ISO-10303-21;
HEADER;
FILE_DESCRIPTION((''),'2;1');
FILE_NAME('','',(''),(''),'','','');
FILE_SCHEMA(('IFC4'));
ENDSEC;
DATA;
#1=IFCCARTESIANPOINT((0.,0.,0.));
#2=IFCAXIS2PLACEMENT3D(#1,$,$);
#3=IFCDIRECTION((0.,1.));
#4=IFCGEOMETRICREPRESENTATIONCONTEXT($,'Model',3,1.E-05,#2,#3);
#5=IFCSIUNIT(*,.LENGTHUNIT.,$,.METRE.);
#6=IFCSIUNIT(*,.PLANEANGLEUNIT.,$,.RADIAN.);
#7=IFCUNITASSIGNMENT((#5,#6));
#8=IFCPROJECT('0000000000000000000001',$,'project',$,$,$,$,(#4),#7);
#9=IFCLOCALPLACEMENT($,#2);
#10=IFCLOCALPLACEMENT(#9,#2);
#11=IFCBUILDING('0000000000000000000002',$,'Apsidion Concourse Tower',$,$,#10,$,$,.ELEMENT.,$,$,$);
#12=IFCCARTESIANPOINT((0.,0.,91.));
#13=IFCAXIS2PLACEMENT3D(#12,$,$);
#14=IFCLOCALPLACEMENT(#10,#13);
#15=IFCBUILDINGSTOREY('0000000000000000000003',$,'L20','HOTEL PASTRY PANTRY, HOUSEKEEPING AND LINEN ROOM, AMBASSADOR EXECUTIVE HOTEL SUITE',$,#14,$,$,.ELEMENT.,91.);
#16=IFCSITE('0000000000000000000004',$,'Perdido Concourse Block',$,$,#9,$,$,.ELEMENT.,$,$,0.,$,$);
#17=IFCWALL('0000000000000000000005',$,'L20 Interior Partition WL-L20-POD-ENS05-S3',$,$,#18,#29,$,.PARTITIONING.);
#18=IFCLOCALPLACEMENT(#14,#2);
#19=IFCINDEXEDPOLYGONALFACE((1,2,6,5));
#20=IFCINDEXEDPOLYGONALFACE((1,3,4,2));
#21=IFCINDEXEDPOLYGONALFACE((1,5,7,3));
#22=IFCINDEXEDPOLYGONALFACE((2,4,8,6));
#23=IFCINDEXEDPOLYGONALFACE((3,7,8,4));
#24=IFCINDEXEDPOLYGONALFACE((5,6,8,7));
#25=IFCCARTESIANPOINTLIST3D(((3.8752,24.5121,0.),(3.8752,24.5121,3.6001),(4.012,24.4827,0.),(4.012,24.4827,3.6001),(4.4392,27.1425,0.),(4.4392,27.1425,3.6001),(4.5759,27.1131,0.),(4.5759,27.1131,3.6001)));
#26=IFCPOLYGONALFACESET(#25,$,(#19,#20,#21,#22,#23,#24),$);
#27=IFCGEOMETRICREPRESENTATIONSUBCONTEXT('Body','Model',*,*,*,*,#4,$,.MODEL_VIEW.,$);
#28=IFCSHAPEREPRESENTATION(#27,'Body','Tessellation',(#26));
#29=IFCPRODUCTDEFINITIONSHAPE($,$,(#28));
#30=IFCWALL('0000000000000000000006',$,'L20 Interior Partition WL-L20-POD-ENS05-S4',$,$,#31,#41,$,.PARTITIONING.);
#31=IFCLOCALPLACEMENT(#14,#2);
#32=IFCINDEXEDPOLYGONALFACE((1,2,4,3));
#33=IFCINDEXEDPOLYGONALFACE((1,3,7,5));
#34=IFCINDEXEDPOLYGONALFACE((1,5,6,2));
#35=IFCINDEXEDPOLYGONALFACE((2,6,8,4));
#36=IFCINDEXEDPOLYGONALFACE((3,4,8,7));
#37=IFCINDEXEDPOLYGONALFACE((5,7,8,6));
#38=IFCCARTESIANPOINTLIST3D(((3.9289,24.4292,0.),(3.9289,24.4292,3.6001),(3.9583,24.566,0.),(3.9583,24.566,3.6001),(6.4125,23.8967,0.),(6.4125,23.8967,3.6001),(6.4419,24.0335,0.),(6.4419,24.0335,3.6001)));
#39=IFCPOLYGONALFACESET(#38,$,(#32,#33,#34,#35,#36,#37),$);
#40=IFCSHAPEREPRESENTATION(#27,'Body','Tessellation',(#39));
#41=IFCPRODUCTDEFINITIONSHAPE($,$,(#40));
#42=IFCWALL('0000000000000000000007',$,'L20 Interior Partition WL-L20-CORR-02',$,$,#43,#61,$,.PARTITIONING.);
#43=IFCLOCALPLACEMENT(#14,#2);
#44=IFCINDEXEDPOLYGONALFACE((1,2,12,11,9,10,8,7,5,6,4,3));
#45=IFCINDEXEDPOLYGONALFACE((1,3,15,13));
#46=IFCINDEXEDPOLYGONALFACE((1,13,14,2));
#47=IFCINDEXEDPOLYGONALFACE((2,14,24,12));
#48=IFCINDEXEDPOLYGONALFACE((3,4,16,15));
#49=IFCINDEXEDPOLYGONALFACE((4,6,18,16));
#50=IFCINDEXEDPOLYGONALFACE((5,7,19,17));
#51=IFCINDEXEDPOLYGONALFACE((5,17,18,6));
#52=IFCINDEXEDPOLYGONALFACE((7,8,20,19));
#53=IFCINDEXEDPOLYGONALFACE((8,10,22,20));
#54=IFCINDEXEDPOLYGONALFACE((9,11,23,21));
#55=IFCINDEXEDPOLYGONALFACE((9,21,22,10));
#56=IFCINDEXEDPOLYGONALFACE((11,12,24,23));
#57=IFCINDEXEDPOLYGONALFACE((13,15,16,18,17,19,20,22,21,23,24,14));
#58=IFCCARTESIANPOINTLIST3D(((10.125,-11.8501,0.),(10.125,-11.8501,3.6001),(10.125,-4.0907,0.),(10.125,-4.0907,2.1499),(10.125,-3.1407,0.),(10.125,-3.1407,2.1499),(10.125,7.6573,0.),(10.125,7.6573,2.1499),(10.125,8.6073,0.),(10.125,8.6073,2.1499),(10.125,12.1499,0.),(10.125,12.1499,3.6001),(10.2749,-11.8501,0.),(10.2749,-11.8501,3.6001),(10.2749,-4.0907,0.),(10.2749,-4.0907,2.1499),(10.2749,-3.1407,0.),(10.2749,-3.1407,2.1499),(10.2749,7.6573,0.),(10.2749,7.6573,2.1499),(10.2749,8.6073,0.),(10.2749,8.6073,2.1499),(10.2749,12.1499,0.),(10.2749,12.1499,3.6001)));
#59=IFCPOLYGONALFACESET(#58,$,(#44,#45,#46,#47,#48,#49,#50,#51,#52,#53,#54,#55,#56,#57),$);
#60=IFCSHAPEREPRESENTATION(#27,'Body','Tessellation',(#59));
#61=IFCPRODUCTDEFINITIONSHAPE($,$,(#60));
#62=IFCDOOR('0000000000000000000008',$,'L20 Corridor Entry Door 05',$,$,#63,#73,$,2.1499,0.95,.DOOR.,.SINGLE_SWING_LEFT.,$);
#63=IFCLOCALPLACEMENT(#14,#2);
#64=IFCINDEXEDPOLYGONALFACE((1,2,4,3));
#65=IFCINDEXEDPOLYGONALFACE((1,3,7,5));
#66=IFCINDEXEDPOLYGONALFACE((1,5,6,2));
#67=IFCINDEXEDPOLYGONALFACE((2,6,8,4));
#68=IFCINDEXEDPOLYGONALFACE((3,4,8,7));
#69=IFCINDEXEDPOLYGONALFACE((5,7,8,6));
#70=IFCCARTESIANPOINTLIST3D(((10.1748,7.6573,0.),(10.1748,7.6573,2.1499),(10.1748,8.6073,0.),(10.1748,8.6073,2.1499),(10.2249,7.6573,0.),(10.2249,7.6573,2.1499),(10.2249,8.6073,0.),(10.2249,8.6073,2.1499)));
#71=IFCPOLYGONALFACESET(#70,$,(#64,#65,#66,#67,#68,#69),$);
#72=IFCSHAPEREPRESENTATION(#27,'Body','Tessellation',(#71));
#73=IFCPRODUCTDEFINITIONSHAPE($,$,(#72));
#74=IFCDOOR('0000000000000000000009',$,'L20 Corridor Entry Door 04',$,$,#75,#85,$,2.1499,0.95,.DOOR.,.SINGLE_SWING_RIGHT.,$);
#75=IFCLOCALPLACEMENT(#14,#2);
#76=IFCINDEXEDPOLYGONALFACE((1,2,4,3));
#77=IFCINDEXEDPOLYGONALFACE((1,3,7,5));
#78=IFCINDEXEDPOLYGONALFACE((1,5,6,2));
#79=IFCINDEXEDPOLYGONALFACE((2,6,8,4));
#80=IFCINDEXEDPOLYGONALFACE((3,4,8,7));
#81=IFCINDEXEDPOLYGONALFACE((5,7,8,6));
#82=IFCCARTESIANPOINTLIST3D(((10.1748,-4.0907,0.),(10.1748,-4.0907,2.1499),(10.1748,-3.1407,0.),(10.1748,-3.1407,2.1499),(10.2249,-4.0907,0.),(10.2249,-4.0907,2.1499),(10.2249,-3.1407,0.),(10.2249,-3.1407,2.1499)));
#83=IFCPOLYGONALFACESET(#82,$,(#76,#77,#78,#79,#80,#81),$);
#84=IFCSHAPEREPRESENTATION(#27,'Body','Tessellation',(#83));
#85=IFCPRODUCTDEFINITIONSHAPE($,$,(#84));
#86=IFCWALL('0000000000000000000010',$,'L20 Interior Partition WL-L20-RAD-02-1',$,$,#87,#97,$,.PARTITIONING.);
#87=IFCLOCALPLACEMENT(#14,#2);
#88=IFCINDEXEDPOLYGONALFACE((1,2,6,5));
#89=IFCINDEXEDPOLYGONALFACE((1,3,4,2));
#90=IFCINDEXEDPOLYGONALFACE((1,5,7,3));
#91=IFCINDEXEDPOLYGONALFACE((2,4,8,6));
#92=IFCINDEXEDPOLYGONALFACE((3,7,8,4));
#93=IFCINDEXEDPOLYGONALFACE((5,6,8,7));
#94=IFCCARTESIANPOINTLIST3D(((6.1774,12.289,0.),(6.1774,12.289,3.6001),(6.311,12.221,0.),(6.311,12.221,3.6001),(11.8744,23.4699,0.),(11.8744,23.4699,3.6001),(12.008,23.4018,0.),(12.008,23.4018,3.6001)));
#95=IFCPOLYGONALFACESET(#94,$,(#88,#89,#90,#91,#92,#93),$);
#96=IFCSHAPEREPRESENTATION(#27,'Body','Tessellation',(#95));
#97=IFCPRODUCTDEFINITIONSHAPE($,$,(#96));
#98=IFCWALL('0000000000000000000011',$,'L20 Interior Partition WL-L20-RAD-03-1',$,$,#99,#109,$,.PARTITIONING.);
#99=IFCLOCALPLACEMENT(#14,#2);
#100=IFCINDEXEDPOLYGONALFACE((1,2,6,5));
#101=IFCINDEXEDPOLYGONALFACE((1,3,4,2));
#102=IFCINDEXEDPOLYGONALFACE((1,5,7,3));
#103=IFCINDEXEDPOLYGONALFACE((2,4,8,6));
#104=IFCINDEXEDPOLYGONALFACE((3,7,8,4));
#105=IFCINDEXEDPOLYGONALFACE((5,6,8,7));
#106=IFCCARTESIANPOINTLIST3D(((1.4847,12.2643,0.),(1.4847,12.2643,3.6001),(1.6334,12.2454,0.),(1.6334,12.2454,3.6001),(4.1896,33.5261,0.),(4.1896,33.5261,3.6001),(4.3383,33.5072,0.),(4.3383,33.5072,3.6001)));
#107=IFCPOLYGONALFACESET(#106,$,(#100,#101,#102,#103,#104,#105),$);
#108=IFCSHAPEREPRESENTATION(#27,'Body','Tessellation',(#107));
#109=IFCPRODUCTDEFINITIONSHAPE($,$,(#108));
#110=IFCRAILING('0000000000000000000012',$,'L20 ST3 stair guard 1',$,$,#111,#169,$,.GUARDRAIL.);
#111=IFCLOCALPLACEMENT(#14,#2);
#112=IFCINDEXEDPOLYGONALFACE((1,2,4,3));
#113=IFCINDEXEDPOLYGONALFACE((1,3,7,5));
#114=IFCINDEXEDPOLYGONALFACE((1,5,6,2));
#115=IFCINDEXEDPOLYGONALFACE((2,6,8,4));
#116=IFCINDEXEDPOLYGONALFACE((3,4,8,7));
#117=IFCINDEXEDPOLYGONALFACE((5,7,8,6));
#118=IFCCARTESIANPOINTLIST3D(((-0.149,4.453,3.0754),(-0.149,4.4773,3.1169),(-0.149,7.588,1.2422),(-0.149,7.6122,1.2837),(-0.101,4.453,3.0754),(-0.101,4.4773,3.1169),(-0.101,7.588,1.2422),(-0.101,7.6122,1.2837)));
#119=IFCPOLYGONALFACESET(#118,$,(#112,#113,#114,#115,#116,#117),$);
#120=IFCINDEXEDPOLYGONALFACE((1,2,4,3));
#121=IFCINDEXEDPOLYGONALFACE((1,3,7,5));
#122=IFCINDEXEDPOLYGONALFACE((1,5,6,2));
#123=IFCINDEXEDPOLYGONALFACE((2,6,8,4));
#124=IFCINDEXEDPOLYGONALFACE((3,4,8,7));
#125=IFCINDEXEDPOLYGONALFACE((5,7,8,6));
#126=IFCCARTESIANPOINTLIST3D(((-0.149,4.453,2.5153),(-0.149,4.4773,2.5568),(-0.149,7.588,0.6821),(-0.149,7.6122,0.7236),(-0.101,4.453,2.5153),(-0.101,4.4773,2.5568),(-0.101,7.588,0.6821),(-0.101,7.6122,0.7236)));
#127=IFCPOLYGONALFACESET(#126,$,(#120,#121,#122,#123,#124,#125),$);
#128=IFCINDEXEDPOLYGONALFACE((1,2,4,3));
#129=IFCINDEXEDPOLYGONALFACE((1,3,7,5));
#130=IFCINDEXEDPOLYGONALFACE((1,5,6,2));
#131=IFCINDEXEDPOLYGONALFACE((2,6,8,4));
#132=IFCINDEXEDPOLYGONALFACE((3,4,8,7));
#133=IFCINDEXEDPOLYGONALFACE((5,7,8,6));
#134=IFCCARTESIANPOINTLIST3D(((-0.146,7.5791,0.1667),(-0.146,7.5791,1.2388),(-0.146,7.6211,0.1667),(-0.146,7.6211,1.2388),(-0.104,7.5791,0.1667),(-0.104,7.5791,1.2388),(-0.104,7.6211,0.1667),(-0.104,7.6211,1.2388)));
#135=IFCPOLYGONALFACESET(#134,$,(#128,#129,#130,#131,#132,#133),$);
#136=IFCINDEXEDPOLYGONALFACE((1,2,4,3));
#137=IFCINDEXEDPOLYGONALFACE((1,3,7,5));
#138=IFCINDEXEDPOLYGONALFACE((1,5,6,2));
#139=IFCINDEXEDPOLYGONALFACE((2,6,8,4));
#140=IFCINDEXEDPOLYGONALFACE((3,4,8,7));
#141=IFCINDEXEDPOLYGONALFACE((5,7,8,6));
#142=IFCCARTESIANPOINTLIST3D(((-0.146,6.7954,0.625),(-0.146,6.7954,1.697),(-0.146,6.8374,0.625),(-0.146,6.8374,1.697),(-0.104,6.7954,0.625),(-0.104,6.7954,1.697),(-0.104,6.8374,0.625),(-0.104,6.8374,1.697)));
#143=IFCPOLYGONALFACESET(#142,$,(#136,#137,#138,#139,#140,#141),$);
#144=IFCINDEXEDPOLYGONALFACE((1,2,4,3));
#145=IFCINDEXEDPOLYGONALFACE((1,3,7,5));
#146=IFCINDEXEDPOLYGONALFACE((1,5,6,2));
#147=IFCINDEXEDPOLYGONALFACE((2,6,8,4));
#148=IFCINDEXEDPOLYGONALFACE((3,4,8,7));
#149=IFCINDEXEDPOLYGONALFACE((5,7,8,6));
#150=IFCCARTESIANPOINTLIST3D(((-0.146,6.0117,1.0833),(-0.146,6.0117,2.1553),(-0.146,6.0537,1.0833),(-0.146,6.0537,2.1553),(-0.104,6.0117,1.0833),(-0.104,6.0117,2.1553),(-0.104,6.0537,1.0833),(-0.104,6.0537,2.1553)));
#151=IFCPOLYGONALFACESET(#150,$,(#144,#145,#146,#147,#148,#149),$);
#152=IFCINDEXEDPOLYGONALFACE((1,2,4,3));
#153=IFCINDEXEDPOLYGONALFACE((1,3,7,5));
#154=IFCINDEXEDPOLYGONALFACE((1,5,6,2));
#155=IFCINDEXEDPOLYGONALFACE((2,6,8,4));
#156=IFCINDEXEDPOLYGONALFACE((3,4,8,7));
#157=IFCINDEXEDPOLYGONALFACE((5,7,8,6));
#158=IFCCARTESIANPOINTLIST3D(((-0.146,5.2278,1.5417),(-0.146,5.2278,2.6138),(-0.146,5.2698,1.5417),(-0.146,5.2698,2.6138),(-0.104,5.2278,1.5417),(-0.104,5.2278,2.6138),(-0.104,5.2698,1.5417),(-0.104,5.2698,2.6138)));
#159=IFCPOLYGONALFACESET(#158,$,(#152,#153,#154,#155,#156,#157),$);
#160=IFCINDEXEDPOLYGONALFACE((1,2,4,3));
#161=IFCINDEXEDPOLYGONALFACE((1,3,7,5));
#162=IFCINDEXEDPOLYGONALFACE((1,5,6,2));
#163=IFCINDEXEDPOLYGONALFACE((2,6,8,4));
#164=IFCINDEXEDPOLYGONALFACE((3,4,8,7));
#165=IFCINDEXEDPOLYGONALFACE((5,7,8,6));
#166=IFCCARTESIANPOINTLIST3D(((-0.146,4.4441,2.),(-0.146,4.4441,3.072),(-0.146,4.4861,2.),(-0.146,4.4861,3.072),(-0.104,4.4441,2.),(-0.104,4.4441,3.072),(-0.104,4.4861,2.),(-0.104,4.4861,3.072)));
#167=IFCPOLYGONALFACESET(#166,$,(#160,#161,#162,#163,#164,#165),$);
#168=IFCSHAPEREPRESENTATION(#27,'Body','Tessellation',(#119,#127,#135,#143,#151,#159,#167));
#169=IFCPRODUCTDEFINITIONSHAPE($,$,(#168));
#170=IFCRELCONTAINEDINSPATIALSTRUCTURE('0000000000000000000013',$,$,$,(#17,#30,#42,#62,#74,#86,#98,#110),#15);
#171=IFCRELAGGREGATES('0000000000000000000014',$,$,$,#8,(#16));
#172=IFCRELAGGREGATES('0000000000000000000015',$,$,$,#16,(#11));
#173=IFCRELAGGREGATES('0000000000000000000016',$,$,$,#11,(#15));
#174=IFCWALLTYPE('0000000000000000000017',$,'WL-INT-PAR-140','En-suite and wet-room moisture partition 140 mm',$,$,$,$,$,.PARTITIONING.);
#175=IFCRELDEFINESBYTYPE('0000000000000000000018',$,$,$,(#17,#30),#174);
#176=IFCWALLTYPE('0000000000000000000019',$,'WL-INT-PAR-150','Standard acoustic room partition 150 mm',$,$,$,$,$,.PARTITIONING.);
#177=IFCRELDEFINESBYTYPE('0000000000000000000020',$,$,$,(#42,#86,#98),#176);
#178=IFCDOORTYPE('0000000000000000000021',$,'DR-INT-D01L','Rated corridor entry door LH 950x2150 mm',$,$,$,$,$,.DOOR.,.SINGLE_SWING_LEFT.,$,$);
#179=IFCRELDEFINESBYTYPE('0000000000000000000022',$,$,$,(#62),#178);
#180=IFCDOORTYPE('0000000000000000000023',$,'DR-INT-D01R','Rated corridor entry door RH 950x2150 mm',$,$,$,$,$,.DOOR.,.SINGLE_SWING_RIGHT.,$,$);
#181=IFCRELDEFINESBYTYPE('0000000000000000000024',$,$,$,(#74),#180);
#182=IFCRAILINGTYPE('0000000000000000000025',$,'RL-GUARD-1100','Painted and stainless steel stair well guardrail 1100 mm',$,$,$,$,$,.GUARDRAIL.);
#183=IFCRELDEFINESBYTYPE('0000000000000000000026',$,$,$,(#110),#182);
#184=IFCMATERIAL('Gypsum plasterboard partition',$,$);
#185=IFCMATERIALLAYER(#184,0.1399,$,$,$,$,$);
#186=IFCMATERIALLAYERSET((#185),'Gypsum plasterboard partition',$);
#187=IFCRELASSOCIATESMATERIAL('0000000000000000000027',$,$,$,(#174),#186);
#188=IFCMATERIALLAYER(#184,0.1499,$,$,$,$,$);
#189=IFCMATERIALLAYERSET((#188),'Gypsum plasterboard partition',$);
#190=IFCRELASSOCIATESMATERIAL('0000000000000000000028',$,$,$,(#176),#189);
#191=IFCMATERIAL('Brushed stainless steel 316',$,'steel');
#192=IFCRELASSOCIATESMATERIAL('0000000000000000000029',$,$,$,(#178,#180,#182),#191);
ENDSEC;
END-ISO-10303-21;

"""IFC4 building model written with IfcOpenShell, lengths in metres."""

from ifc_helpers import new_model, si_unit, direction, frame, frame_2d, origin, origin_2d, place, context, subcontext, project, spatial, rectangle, extrude, material, layer, layer_set, type_object, element, fill, save


model = new_model("IFC4")

# Units and contexts
model_context = context("Model", 3, precision=1e-05, world=origin(), true_north=direction((0.0, 1.0)))
body_context = subcontext(model_context, "Body", "Model", "MODEL_VIEW")
ifc_project = project(units=[si_unit("LENGTHUNIT", "METRE"), si_unit("PLANEANGLEUNIT", "RADIAN")], contexts=[model_context])

# Site, building, storey
site_placement = place(None, origin())
site = spatial("IfcSite", under=ifc_project, at=site_placement, Name="Perdido Concourse Block", CompositionType="ELEMENT", RefElevation=0.0)
building_placement = place(site_placement, origin())
building = spatial("IfcBuilding", under=site, at=building_placement, Name="Apsidion Concourse Tower", CompositionType="ELEMENT")
storey_placement = place(building_placement, frame((0.0, 0.0, 91.0)))
storey = spatial("IfcBuildingStorey", under=building, at=storey_placement, Name="L20", Description="HOTEL PASTRY PANTRY, HOUSEKEEPING AND LINEN ROOM, AMBASSADOR EXECUTIVE HOTEL SUITE", CompositionType="ELEMENT", Elevation=91.0)

# Shared definitions
ifc_material_1 = material(Name="Gypsum plasterboard partition")
ifc_layer_1 = layer(ifc_material_1, 0.1399)
ifc_layer_set_1 = layer_set([ifc_layer_1], Name="Gypsum plasterboard partition")
wall_type_1 = type_object("IfcWallType", Name="WL-INT-PAR-140", Description="En-suite and wet-room moisture partition 140 mm", PredefinedType="PARTITIONING", material=ifc_layer_set_1)

# Walls
wall_1_placement = place(storey_placement, frame((4.5076, 27.1279, 0.0), z_axis=(0.0, 0.0, 1.0), x_axis=(-0.209641, -0.977779, 0.0)))
element("IfcWall", 1, at=wall_1_placement, inside=storey, type_object=wall_type_1, Name="L20 Interior Partition WL-L20-POD-ENS05-S3", PredefinedType="PARTITIONING", context=body_context, shape_type="SweptSolid", body=[
    extrude(rectangle(XDim=2.6902, YDim=0.1399, at=frame_2d((1.3452, 0.0))), origin(), (0.0, 0.0, 1.0), 3.6001),
])
wall_2_placement = place(storey_placement, frame((3.9436, 24.4976, 0.0), z_axis=(0.0, 0.0, 1.0), x_axis=(0.977781, -0.209628, 0.0)))
element("IfcWall", 2, at=wall_2_placement, inside=storey, type_object=wall_type_1, Name="L20 Interior Partition WL-L20-POD-ENS05-S4", PredefinedType="PARTITIONING", context=body_context, shape_type="SweptSolid", body=[
    extrude(rectangle(XDim=2.54, YDim=0.1399, at=frame_2d((1.27, 0.0))), origin(), (0.0, 0.0, 1.0), 3.6001),
])

# Wall, openings, doors
ifc_layer_2 = layer(ifc_material_1, 0.1499)
ifc_layer_set_2 = layer_set([ifc_layer_2], Name="Gypsum plasterboard partition")
wall_type_2 = type_object("IfcWallType", Name="WL-INT-PAR-150", Description="Standard acoustic room partition 150 mm", PredefinedType="PARTITIONING", material=ifc_layer_set_2)
wall_3_placement = place(storey_placement, frame((10.2, 12.1499, 0.0), z_axis=(0.0, 0.0, 1.0), x_axis=(0.0, -1.0, 0.0)))
wall_3 = element("IfcWall", 3, at=wall_3_placement, inside=storey, type_object=wall_type_2, Name="L20 Interior Partition WL-L20-CORR-02", PredefinedType="PARTITIONING", context=body_context, shape_type="SweptSolid", body=[
    extrude(rectangle(XDim=24.0, YDim=0.1499, at=frame_2d((12.0, 0.0))), origin(), (0.0, 0.0, 1.0), 3.6001),
])
opening_1_placement = place(wall_3_placement, frame((15.2905, 0.0, 0.0)))
opening_1 = element("IfcOpeningElement", 4, at=opening_1_placement, cuts=wall_3, PredefinedType="OPENING", context=body_context, shape_type="SweptSolid", body=[
    extrude(rectangle(XDim=0.95, YDim=2.1499, at=frame_2d((0.4751, 1.075))), frame((0.0, 0.085, 0.0), z_axis=(0.0, -1.0, 0.0), x_axis=(1.0, 0.0, 0.0)), (0.0, 0.0, 1.0), 0.1699),
])
opening_2_placement = place(wall_3_placement, frame((3.5425, 0.0, 0.0)))
opening_2 = element("IfcOpeningElement", 5, at=opening_2_placement, cuts=wall_3, PredefinedType="OPENING", context=body_context, shape_type="SweptSolid", body=[
    extrude(rectangle(XDim=0.95, YDim=2.1499, at=frame_2d((0.4751, 1.075))), frame((0.0, 0.085, 0.0), z_axis=(0.0, -1.0, 0.0), x_axis=(1.0, 0.0, 0.0)), (0.0, 0.0, 1.0), 0.1699),
])
ifc_material_2 = material(Name="Brushed stainless steel 316", Category="steel")
door_type_1 = type_object("IfcDoorType", Name="DR-INT-D01L", Description="Rated corridor entry door LH 950x2150 mm", OperationType="SINGLE_SWING_LEFT", PredefinedType="DOOR", material=ifc_material_2)
door_1_placement = place(opening_2_placement, origin())
door_1 = element("IfcDoor", 6, at=door_1_placement, inside=storey, type_object=door_type_1, Name="L20 Corridor Entry Door 05", OperationType="SINGLE_SWING_LEFT", OverallHeight=2.1499, OverallWidth=0.95, PredefinedType="DOOR", context=body_context, shape_type="SweptSolid", body=[
    extrude(rectangle(XDim=0.95, YDim=2.1499, at=frame_2d((0.4751, 1.075))), frame((0.0, 0.0249, 0.0), z_axis=(0.0, -1.0, 0.0), x_axis=(1.0, 0.0, 0.0)), (0.0, 0.0, 1.0), 0.05),
])
fill(opening_2, door_1)
door_type_2 = type_object("IfcDoorType", Name="DR-INT-D01R", Description="Rated corridor entry door RH 950x2150 mm", OperationType="SINGLE_SWING_RIGHT", PredefinedType="DOOR", material=ifc_material_2)
door_2_placement = place(opening_1_placement, origin())
door_2 = element("IfcDoor", 7, at=door_2_placement, inside=storey, type_object=door_type_2, Name="L20 Corridor Entry Door 04", OperationType="SINGLE_SWING_RIGHT", OverallHeight=2.1499, OverallWidth=0.95, PredefinedType="DOOR", context=body_context, shape_type="SweptSolid", body=[
    extrude(rectangle(XDim=0.95, YDim=2.1499, at=frame_2d((0.4751, 1.075))), frame((0.0, 0.0249, 0.0), z_axis=(0.0, -1.0, 0.0), x_axis=(1.0, 0.0, 0.0)), (0.0, 0.0, 1.0), 0.05),
])
fill(opening_1, door_2)

# Walls
wall_4_placement = place(storey_placement, frame((6.2441, 12.2549, 0.0), z_axis=(0.0, 0.0, 1.0), x_axis=(0.453995, 0.891004, 0.0)))
element("IfcWall", 8, at=wall_4_placement, inside=storey, type_object=wall_type_2, Name="L20 Interior Partition WL-L20-RAD-02-1", PredefinedType="PARTITIONING", context=body_context, shape_type="SweptSolid", body=[
    extrude(rectangle(XDim=12.5486, YDim=0.1499, at=frame_2d((6.2744, 0.0))), origin(), (0.0, 0.0, 1.0), 3.6001),
])
wall_5_placement = place(storey_placement, frame((1.5591, 12.2549, 0.0), z_axis=(0.0, 0.0, 1.0), x_axis=(0.126199, 0.992005, 0.0)))
element("IfcWall", 9, at=wall_5_placement, inside=storey, type_object=wall_type_2, Name="L20 Interior Partition WL-L20-RAD-03-1", PredefinedType="PARTITIONING", context=body_context, shape_type="SweptSolid", body=[
    extrude(rectangle(XDim=21.4331, YDim=0.1499, at=frame_2d((10.7166, 0.0))), origin(), (0.0, 0.0, 1.0), 3.6001),
])

# Railing
railing_type_1 = type_object("IfcRailingType", Name="RL-GUARD-1100", Description="Painted and stainless steel stair well guardrail 1100 mm", PredefinedType="GUARDRAIL", material=ifc_material_2)
railing_1_placement = place(storey_placement, frame((-0.125, 7.6001, 0.1667)))
element("IfcRailing", 10, at=railing_1_placement, inside=storey, type_object=railing_type_1, Name="L20 ST3 stair guard 1", PredefinedType="GUARDRAIL", context=body_context, shape_type="SweptSolid", body=[
    extrude(rectangle(XDim=0.0481, YDim=0.0481, at=origin_2d()), frame((0.0, 0.0, 1.0962), z_axis=(0.0, -0.86324, 0.504794), x_axis=(1.0, 0.0, 0.0)), (0.0, 0.0, 1.0), 3.6316),
    extrude(rectangle(XDim=0.0481, YDim=0.0481, at=origin_2d()), frame((0.0, 0.0, 0.5361), z_axis=(0.0, -0.86324, 0.504794), x_axis=(1.0, 0.0, 0.0)), (0.0, 0.0, 1.0), 3.6316),
    extrude(rectangle(XDim=0.042, YDim=0.042, at=origin_2d()), origin(), (0.0, 0.0, 1.0), 1.072),
    extrude(rectangle(XDim=0.042, YDim=0.042, at=origin_2d()), frame((0.0, -0.7837, 0.4583)), (0.0, 0.0, 1.0), 1.072),
    extrude(rectangle(XDim=0.042, YDim=0.042, at=origin_2d()), frame((0.0, -1.5674, 0.9165)), (0.0, 0.0, 1.0), 1.072),
    extrude(rectangle(XDim=0.042, YDim=0.042, at=origin_2d()), frame((0.0, -2.3513, 1.375)), (0.0, 0.0, 1.0), 1.072),
    extrude(rectangle(XDim=0.042, YDim=0.042, at=origin_2d()), frame((0.0, -3.135, 1.8333)), (0.0, 0.0, 1.0), 1.072),
])

save(model, "model.ifc")
